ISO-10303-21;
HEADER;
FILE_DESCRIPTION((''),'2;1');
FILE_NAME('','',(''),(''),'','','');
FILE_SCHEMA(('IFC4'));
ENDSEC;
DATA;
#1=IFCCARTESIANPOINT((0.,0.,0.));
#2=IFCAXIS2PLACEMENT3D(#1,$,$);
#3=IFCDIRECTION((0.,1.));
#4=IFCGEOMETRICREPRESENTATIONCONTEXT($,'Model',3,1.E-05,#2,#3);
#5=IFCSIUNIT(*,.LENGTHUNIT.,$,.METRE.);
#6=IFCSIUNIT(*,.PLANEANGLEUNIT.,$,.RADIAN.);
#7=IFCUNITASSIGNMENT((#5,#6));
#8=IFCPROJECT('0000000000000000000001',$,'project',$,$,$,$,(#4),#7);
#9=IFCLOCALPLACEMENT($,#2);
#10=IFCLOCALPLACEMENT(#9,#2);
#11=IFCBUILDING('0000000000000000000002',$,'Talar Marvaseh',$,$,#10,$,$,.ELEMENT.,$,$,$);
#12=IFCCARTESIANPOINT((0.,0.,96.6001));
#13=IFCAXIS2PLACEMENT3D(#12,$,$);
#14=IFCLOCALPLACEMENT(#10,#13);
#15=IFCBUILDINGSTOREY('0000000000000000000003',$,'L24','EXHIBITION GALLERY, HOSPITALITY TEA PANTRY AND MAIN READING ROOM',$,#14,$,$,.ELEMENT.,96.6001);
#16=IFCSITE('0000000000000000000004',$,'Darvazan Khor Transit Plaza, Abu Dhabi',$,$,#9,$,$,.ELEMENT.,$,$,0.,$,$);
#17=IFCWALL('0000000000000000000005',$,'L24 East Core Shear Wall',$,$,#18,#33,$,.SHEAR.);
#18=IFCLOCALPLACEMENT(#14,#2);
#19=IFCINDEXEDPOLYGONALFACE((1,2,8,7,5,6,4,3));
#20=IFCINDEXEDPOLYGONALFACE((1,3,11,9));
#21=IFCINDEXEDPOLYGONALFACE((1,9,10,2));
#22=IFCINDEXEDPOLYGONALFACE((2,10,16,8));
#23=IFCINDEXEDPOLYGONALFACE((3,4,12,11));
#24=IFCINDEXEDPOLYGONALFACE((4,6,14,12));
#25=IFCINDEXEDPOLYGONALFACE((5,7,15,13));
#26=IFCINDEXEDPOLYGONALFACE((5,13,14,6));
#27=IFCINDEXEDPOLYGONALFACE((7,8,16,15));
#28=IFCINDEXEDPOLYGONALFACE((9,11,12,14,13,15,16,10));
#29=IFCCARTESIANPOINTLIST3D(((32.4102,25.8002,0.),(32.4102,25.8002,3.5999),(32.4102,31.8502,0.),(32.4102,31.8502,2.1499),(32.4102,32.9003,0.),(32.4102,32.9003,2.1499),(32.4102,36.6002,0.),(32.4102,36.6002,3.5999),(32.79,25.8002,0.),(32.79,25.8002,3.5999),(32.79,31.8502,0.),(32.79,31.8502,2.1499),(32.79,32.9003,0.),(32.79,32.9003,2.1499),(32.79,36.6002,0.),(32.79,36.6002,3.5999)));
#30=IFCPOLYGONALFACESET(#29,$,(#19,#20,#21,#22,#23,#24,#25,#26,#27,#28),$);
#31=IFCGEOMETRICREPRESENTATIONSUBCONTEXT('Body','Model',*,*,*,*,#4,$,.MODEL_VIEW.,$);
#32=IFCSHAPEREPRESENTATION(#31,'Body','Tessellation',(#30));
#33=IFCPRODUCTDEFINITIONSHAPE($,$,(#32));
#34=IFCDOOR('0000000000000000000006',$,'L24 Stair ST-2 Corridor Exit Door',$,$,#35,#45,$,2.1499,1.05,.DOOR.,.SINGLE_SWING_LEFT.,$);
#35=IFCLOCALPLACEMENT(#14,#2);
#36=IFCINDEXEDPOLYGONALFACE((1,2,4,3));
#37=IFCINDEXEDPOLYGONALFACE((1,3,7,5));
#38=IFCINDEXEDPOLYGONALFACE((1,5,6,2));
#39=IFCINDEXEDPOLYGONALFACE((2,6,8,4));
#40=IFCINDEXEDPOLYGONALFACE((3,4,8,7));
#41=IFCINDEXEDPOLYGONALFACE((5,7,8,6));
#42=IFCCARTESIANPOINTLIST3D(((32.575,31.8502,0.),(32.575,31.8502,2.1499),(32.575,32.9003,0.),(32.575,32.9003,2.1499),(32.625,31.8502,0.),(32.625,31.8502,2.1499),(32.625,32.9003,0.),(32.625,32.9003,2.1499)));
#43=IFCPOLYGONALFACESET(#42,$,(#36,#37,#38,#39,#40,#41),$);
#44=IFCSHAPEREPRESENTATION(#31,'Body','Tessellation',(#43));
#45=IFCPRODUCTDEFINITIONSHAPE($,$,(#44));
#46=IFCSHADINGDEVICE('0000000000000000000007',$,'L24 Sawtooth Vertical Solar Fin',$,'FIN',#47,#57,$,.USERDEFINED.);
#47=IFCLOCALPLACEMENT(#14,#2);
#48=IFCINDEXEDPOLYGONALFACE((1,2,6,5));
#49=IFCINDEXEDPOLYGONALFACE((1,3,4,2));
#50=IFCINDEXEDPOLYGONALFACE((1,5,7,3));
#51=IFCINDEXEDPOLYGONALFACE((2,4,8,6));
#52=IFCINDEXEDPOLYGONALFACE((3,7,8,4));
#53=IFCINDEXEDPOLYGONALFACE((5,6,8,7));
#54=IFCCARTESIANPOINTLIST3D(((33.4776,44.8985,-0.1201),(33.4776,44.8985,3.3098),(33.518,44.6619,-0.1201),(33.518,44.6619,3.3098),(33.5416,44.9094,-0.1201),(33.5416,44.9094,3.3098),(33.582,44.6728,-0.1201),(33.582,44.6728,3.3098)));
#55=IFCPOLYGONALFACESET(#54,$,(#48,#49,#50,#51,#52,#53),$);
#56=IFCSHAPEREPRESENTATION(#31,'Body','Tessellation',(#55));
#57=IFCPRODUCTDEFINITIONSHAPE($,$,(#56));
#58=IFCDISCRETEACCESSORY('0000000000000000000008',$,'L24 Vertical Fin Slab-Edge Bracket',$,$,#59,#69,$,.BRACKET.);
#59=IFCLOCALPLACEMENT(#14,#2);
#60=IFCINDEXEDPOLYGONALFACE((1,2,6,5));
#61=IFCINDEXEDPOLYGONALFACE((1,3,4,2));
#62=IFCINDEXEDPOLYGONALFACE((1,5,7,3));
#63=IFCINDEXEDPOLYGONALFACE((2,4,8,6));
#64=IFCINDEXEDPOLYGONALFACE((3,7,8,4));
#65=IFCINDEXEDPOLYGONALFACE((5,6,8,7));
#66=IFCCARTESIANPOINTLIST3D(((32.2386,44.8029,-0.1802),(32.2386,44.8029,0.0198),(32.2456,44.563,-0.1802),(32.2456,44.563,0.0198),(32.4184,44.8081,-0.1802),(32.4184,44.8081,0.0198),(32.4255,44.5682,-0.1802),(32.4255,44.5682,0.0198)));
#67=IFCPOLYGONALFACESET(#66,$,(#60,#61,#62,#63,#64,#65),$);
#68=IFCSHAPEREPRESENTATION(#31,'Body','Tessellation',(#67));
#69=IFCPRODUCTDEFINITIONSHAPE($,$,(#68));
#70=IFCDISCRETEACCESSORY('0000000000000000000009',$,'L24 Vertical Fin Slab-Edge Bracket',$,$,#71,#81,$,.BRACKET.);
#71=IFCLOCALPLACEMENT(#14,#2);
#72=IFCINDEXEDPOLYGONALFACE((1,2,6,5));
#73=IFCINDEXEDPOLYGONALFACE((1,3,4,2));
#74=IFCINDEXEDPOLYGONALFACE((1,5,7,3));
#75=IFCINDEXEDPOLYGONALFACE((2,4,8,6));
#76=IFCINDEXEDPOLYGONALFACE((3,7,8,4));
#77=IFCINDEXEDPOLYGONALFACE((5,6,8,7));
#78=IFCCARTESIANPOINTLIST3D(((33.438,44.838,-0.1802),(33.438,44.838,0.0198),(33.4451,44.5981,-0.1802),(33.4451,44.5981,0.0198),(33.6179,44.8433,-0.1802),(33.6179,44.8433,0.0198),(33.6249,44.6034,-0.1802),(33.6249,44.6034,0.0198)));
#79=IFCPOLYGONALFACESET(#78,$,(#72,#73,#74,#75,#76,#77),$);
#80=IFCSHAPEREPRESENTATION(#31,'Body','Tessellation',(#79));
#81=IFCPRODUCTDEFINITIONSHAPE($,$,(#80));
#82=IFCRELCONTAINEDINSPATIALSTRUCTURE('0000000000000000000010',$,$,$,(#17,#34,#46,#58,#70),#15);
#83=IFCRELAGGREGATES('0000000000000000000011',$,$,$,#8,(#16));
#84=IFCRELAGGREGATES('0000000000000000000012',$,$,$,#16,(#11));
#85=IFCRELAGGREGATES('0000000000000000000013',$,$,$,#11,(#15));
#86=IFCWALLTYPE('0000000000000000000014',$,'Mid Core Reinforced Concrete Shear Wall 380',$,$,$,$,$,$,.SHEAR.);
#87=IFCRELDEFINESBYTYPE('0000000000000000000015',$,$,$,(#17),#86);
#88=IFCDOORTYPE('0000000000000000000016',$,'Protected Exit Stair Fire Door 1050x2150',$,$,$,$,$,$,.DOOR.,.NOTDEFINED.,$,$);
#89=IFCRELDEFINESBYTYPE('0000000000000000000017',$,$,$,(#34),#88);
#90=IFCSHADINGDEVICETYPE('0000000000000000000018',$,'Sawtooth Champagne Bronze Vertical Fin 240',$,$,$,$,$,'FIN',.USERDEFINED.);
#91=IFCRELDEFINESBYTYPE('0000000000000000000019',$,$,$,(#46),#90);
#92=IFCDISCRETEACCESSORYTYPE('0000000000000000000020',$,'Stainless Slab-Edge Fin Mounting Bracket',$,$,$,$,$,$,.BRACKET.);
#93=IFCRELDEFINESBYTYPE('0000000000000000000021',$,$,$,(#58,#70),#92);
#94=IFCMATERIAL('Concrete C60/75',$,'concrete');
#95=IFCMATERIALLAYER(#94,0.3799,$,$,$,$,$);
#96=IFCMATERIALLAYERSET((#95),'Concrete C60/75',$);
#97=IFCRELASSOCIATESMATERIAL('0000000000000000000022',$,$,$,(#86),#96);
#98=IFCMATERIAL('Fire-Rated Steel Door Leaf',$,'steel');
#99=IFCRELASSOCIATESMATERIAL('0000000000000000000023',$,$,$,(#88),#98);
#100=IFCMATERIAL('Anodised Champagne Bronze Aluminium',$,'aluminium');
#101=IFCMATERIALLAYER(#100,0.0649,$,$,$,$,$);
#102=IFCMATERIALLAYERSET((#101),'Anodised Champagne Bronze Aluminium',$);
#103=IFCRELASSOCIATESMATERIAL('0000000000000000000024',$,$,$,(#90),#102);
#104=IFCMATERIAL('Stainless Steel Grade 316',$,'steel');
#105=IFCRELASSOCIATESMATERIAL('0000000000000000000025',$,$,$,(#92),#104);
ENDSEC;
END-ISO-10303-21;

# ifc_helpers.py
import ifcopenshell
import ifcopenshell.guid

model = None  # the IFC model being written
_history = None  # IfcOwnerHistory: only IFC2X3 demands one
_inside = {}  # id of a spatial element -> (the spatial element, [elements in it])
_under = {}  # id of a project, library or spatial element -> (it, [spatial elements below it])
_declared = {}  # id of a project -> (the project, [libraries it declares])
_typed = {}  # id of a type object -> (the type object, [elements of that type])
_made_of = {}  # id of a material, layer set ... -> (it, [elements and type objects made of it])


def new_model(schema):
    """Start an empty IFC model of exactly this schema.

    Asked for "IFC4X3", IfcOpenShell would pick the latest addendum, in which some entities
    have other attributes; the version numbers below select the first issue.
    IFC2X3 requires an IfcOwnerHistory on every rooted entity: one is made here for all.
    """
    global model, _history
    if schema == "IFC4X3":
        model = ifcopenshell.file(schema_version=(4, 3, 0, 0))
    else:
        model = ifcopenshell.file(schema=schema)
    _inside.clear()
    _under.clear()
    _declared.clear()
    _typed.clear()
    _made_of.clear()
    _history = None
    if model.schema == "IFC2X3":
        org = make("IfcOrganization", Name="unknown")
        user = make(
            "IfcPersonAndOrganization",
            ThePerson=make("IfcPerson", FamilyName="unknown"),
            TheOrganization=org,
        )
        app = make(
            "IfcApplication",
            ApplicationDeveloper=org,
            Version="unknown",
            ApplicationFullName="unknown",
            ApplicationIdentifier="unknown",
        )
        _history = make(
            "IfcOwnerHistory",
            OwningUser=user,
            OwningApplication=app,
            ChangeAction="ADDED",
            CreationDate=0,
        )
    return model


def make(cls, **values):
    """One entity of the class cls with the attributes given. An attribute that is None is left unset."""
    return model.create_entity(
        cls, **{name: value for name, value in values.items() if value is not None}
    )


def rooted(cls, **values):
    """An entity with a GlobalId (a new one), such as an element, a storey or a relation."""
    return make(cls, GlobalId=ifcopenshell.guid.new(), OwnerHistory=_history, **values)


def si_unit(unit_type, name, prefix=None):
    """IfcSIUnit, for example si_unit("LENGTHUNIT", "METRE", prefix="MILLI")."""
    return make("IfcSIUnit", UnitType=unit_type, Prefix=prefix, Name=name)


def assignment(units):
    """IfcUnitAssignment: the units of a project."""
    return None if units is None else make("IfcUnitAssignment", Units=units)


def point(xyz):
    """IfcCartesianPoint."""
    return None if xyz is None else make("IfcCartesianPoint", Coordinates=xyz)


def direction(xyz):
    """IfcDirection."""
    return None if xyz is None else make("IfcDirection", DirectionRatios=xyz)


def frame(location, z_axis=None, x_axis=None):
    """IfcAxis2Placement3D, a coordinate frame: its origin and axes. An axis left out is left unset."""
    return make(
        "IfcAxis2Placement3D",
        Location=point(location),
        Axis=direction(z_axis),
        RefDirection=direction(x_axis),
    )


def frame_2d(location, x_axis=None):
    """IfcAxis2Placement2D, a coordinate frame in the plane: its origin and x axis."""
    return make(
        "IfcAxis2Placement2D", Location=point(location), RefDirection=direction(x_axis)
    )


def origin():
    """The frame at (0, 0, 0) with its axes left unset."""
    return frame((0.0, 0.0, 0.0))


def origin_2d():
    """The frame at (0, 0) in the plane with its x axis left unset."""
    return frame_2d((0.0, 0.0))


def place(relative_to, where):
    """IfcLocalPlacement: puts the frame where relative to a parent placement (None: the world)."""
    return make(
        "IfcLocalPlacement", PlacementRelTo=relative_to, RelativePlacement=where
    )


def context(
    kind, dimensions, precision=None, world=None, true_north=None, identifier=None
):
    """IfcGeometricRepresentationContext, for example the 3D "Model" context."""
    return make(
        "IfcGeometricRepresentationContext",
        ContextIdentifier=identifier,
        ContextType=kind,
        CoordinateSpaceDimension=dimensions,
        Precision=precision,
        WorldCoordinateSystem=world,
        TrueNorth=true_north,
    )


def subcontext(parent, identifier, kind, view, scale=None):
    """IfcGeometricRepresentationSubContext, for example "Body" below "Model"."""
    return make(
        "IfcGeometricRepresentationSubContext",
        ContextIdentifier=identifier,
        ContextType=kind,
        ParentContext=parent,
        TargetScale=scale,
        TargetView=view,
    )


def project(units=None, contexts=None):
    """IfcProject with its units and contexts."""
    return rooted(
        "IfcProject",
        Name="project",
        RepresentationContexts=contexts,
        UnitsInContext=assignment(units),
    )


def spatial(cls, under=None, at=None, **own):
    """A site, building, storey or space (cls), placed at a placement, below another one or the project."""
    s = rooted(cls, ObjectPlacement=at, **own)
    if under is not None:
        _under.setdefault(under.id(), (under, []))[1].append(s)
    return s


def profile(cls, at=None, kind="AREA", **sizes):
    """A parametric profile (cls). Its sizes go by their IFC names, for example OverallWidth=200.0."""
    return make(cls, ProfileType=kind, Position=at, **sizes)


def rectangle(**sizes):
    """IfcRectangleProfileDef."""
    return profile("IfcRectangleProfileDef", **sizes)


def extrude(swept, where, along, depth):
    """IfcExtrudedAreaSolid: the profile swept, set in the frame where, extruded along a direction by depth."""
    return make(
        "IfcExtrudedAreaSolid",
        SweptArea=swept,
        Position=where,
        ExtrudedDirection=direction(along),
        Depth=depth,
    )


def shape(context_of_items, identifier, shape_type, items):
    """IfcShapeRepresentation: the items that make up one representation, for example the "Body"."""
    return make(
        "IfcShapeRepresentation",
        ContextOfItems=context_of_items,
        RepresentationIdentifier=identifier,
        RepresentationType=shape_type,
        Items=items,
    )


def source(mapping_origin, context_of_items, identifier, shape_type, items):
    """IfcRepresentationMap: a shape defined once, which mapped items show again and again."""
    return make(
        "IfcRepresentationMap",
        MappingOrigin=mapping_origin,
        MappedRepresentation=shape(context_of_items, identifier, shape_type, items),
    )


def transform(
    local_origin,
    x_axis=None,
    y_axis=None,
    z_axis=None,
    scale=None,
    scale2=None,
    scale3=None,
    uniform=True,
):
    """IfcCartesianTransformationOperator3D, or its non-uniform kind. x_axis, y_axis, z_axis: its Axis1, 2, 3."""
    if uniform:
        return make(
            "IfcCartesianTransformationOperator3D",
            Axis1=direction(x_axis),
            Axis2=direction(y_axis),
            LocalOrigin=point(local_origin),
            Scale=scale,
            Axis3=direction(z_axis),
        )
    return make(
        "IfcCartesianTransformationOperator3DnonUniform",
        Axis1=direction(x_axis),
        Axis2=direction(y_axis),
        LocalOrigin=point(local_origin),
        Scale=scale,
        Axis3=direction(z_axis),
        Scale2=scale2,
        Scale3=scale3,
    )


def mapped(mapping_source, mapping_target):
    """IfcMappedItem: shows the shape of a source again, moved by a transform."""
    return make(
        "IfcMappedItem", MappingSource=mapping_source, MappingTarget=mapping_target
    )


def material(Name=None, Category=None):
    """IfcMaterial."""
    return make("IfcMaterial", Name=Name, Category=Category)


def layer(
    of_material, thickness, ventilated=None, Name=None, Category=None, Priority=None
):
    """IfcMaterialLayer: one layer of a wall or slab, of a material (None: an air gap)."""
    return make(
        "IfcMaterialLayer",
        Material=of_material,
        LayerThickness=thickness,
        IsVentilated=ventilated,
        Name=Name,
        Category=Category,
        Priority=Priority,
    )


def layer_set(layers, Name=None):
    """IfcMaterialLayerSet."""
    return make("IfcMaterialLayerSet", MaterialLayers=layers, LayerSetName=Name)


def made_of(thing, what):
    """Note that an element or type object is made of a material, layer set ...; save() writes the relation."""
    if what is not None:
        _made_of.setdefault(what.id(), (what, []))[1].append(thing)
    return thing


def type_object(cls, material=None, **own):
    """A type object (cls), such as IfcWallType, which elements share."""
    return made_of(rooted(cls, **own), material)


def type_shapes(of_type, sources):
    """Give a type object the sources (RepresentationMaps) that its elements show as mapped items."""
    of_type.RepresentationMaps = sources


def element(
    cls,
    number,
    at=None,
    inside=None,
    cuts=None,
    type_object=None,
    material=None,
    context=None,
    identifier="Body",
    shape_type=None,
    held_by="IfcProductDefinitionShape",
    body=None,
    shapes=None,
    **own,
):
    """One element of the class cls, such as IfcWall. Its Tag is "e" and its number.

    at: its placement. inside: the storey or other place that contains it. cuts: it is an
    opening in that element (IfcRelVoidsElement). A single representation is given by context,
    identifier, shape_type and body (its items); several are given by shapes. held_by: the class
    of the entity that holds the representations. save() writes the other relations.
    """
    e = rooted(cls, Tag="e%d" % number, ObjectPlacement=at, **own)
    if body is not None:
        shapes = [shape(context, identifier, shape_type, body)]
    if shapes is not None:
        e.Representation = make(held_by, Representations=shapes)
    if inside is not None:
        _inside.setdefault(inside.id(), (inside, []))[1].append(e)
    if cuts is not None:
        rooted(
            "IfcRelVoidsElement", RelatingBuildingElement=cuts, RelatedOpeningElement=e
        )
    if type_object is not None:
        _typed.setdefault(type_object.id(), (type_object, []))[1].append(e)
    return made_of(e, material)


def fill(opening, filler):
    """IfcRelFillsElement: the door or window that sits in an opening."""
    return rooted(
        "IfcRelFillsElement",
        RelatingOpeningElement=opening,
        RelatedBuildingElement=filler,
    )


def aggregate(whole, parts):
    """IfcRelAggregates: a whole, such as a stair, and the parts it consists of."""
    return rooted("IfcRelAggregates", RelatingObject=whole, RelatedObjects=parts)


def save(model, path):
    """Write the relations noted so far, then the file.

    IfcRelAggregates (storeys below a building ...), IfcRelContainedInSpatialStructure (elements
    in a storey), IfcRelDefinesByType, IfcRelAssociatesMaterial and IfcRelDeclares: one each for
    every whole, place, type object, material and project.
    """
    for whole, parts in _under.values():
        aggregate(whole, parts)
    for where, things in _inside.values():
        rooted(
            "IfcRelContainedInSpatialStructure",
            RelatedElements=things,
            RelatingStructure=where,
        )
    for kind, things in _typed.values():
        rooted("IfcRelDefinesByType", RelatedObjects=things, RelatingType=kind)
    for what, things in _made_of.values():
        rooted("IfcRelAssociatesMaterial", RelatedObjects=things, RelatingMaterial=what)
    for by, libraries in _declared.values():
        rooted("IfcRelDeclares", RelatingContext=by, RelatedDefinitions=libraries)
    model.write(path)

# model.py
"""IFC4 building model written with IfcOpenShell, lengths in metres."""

from ifc_helpers import new_model, si_unit, direction, frame, frame_2d, origin, origin_2d, place, context, subcontext, project, spatial, rectangle, extrude, source, transform, mapped, material, layer, layer_set, type_object, type_shapes, element, fill, save


model = new_model("IFC4")

# Units and contexts
model_context = context("Model", 3, precision=1e-05, world=origin(), true_north=direction((0.0, 1.0)))
body_context = subcontext(model_context, "Body", "Model", "MODEL_VIEW")
ifc_project = project(units=[si_unit("LENGTHUNIT", "METRE"), si_unit("PLANEANGLEUNIT", "RADIAN")], contexts=[model_context])

# Site, building, storey
site_placement = place(None, origin())
site = spatial("IfcSite", under=ifc_project, at=site_placement, Name="Darvazan Khor Transit Plaza, Abu Dhabi", CompositionType="ELEMENT", RefElevation=0.0)
building_placement = place(site_placement, origin())
building = spatial("IfcBuilding", under=site, at=building_placement, Name="Talar Marvaseh", CompositionType="ELEMENT")
storey_placement = place(building_placement, frame((0.0, 0.0, 96.6001)))
storey = spatial("IfcBuildingStorey", under=building, at=storey_placement, Name="L24", Description="EXHIBITION GALLERY, HOSPITALITY TEA PANTRY AND MAIN READING ROOM", CompositionType="ELEMENT", Elevation=96.6001)

# Shared definitions
ifc_material_1 = material(Name="Concrete C60/75", Category="concrete")

# Wall, opening, door
ifc_layer_1 = layer(ifc_material_1, 0.3799)
ifc_layer_set_1 = layer_set([ifc_layer_1], Name="Concrete C60/75")
wall_type_1 = type_object("IfcWallType", Name="Mid Core Reinforced Concrete Shear Wall 380", PredefinedType="SHEAR", material=ifc_layer_set_1)
wall_1_placement = place(storey_placement, frame((32.6001, 36.6001, 0.0), z_axis=(0.0, 0.0, 1.0), x_axis=(0.0, -1.0, 0.0)))
wall_1 = element("IfcWall", 1, at=wall_1_placement, inside=storey, type_object=wall_type_1, Name="L24 East Core Shear Wall", PredefinedType="SHEAR", context=body_context, shape_type="SweptSolid", body=[
    extrude(rectangle(XDim=10.8, YDim=0.3799, at=frame_2d((5.3999, 0.0))), origin(), (0.0, 0.0, 1.0), 3.5999),
])
opening_1_placement = place(wall_1_placement, frame((3.7, 0.0, 0.0)))
opening_1 = element("IfcOpeningElement", 2, at=opening_1_placement, cuts=wall_1, PredefinedType="OPENING", context=body_context, shape_type="SweptSolid", body=[
    extrude(rectangle(XDim=1.05, YDim=2.1499, at=frame_2d((0.5249, 1.075))), frame((0.0, 0.2, 0.0), z_axis=(0.0, -1.0, 0.0), x_axis=(1.0, 0.0, 0.0)), (0.0, 0.0, 1.0), 0.3999),
])
ifc_material_2 = material(Name="Fire-Rated Steel Door Leaf", Category="steel")
door_type_1 = type_object("IfcDoorType", Name="Protected Exit Stair Fire Door 1050x2150", OperationType="NOTDEFINED", PredefinedType="DOOR", material=ifc_material_2)
shared_shape_1 = source(origin(), body_context, "Body", "SweptSolid", [
    extrude(rectangle(XDim=1.05, YDim=2.1499, at=frame_2d((0.5249, 1.075))), frame((0.0, 0.0249, 0.0), z_axis=(0.0, -1.0, 0.0), x_axis=(1.0, 0.0, 0.0)), (0.0, 0.0, 1.0), 0.05),
])
type_shapes(door_type_1, [shared_shape_1])
door_1_placement = place(opening_1_placement, origin())
door_1 = element("IfcDoor", 3, at=door_1_placement, inside=storey, type_object=door_type_1, Name="L24 Stair ST-2 Corridor Exit Door", OperationType="SINGLE_SWING_LEFT", OverallHeight=2.1499, OverallWidth=1.05, PredefinedType="DOOR", context=body_context, shape_type="MappedRepresentation", body=[
    mapped(shared_shape_1, transform((0.0, 0.0, 0.0), x_axis=(1.0, 0.0, 0.0), y_axis=(0.0, 1.0, 0.0), z_axis=(0.0, 0.0, 1.0), scale=1.0)),
])
fill(opening_1, door_1)

# Shading device
ifc_material_3 = material(Name="Anodised Champagne Bronze Aluminium", Category="aluminium")
ifc_layer_2 = layer(ifc_material_3, 0.0649)
ifc_layer_set_2 = layer_set([ifc_layer_2], Name="Anodised Champagne Bronze Aluminium")
shading_device_type = type_object("IfcShadingDeviceType", Name="Sawtooth Champagne Bronze Vertical Fin 240", ElementType="FIN", PredefinedType="USERDEFINED", material=ifc_layer_set_2)
shared_shape_2 = source(origin(), body_context, "Body", "SweptSolid", [
    extrude(rectangle(XDim=0.24, YDim=0.0649, at=origin_2d()), origin(), (0.0, 0.0, 1.0), 3.4299),
])
type_shapes(shading_device_type, [shared_shape_2])
shading_device_placement = place(storey_placement, frame((33.5298, 44.7856, -0.1201), z_axis=(0.0, 0.0, 1.0), x_axis=(-0.168145, 0.985762, 0.0)))
element("IfcShadingDevice", 4, at=shading_device_placement, inside=storey, type_object=shading_device_type, Name="L24 Sawtooth Vertical Solar Fin", ObjectType="FIN", PredefinedType="USERDEFINED", context=body_context, shape_type="MappedRepresentation", body=[
    mapped(shared_shape_2, transform((0.0, 0.0, 0.0), x_axis=(1.0, 0.0, 0.0), y_axis=(0.0, 1.0, 0.0), z_axis=(0.0, 0.0, 1.0), scale=1.0)),
])

# Discrete accessories
ifc_material_4 = material(Name="Stainless Steel Grade 316", Category="steel")
discrete_accessory_type = type_object("IfcDiscreteAccessoryType", Name="Stainless Slab-Edge Fin Mounting Bracket", PredefinedType="BRACKET", material=ifc_material_4)
shared_shape_3 = source(origin(), body_context, "Body", "SweptSolid", [
    extrude(rectangle(XDim=0.24, YDim=0.1799, at=origin_2d()), origin(), (0.0, 0.0, 1.0), 0.2),
])
type_shapes(discrete_accessory_type, [shared_shape_3])
for number, where, z_axis, x_axis, name in (
    (5, (32.332, 44.6855, -0.1802), (0.0, 0.0, 1.0), (-0.029317, 0.99957, 0.0), "L24 Vertical Fin Slab-Edge Bracket"),
    (6, (33.5315, 44.7207, -0.1802), (0.0, 0.0, 1.0), (-0.029317, 0.99957, 0.0), "L24 Vertical Fin Slab-Edge Bracket"),
):
    element("IfcDiscreteAccessory", number, at=place(storey_placement, frame(where, z_axis=z_axis, x_axis=x_axis)), inside=storey, type_object=discrete_accessory_type, Name=name, PredefinedType="BRACKET", context=body_context, shape_type="MappedRepresentation", body=[
        mapped(shared_shape_3, transform((0.0, 0.0, 0.0), x_axis=(1.0, 0.0, 0.0), y_axis=(0.0, 1.0, 0.0), z_axis=(0.0, 0.0, 1.0), scale=1.0)),
    ])

save(model, "model.ifc")
